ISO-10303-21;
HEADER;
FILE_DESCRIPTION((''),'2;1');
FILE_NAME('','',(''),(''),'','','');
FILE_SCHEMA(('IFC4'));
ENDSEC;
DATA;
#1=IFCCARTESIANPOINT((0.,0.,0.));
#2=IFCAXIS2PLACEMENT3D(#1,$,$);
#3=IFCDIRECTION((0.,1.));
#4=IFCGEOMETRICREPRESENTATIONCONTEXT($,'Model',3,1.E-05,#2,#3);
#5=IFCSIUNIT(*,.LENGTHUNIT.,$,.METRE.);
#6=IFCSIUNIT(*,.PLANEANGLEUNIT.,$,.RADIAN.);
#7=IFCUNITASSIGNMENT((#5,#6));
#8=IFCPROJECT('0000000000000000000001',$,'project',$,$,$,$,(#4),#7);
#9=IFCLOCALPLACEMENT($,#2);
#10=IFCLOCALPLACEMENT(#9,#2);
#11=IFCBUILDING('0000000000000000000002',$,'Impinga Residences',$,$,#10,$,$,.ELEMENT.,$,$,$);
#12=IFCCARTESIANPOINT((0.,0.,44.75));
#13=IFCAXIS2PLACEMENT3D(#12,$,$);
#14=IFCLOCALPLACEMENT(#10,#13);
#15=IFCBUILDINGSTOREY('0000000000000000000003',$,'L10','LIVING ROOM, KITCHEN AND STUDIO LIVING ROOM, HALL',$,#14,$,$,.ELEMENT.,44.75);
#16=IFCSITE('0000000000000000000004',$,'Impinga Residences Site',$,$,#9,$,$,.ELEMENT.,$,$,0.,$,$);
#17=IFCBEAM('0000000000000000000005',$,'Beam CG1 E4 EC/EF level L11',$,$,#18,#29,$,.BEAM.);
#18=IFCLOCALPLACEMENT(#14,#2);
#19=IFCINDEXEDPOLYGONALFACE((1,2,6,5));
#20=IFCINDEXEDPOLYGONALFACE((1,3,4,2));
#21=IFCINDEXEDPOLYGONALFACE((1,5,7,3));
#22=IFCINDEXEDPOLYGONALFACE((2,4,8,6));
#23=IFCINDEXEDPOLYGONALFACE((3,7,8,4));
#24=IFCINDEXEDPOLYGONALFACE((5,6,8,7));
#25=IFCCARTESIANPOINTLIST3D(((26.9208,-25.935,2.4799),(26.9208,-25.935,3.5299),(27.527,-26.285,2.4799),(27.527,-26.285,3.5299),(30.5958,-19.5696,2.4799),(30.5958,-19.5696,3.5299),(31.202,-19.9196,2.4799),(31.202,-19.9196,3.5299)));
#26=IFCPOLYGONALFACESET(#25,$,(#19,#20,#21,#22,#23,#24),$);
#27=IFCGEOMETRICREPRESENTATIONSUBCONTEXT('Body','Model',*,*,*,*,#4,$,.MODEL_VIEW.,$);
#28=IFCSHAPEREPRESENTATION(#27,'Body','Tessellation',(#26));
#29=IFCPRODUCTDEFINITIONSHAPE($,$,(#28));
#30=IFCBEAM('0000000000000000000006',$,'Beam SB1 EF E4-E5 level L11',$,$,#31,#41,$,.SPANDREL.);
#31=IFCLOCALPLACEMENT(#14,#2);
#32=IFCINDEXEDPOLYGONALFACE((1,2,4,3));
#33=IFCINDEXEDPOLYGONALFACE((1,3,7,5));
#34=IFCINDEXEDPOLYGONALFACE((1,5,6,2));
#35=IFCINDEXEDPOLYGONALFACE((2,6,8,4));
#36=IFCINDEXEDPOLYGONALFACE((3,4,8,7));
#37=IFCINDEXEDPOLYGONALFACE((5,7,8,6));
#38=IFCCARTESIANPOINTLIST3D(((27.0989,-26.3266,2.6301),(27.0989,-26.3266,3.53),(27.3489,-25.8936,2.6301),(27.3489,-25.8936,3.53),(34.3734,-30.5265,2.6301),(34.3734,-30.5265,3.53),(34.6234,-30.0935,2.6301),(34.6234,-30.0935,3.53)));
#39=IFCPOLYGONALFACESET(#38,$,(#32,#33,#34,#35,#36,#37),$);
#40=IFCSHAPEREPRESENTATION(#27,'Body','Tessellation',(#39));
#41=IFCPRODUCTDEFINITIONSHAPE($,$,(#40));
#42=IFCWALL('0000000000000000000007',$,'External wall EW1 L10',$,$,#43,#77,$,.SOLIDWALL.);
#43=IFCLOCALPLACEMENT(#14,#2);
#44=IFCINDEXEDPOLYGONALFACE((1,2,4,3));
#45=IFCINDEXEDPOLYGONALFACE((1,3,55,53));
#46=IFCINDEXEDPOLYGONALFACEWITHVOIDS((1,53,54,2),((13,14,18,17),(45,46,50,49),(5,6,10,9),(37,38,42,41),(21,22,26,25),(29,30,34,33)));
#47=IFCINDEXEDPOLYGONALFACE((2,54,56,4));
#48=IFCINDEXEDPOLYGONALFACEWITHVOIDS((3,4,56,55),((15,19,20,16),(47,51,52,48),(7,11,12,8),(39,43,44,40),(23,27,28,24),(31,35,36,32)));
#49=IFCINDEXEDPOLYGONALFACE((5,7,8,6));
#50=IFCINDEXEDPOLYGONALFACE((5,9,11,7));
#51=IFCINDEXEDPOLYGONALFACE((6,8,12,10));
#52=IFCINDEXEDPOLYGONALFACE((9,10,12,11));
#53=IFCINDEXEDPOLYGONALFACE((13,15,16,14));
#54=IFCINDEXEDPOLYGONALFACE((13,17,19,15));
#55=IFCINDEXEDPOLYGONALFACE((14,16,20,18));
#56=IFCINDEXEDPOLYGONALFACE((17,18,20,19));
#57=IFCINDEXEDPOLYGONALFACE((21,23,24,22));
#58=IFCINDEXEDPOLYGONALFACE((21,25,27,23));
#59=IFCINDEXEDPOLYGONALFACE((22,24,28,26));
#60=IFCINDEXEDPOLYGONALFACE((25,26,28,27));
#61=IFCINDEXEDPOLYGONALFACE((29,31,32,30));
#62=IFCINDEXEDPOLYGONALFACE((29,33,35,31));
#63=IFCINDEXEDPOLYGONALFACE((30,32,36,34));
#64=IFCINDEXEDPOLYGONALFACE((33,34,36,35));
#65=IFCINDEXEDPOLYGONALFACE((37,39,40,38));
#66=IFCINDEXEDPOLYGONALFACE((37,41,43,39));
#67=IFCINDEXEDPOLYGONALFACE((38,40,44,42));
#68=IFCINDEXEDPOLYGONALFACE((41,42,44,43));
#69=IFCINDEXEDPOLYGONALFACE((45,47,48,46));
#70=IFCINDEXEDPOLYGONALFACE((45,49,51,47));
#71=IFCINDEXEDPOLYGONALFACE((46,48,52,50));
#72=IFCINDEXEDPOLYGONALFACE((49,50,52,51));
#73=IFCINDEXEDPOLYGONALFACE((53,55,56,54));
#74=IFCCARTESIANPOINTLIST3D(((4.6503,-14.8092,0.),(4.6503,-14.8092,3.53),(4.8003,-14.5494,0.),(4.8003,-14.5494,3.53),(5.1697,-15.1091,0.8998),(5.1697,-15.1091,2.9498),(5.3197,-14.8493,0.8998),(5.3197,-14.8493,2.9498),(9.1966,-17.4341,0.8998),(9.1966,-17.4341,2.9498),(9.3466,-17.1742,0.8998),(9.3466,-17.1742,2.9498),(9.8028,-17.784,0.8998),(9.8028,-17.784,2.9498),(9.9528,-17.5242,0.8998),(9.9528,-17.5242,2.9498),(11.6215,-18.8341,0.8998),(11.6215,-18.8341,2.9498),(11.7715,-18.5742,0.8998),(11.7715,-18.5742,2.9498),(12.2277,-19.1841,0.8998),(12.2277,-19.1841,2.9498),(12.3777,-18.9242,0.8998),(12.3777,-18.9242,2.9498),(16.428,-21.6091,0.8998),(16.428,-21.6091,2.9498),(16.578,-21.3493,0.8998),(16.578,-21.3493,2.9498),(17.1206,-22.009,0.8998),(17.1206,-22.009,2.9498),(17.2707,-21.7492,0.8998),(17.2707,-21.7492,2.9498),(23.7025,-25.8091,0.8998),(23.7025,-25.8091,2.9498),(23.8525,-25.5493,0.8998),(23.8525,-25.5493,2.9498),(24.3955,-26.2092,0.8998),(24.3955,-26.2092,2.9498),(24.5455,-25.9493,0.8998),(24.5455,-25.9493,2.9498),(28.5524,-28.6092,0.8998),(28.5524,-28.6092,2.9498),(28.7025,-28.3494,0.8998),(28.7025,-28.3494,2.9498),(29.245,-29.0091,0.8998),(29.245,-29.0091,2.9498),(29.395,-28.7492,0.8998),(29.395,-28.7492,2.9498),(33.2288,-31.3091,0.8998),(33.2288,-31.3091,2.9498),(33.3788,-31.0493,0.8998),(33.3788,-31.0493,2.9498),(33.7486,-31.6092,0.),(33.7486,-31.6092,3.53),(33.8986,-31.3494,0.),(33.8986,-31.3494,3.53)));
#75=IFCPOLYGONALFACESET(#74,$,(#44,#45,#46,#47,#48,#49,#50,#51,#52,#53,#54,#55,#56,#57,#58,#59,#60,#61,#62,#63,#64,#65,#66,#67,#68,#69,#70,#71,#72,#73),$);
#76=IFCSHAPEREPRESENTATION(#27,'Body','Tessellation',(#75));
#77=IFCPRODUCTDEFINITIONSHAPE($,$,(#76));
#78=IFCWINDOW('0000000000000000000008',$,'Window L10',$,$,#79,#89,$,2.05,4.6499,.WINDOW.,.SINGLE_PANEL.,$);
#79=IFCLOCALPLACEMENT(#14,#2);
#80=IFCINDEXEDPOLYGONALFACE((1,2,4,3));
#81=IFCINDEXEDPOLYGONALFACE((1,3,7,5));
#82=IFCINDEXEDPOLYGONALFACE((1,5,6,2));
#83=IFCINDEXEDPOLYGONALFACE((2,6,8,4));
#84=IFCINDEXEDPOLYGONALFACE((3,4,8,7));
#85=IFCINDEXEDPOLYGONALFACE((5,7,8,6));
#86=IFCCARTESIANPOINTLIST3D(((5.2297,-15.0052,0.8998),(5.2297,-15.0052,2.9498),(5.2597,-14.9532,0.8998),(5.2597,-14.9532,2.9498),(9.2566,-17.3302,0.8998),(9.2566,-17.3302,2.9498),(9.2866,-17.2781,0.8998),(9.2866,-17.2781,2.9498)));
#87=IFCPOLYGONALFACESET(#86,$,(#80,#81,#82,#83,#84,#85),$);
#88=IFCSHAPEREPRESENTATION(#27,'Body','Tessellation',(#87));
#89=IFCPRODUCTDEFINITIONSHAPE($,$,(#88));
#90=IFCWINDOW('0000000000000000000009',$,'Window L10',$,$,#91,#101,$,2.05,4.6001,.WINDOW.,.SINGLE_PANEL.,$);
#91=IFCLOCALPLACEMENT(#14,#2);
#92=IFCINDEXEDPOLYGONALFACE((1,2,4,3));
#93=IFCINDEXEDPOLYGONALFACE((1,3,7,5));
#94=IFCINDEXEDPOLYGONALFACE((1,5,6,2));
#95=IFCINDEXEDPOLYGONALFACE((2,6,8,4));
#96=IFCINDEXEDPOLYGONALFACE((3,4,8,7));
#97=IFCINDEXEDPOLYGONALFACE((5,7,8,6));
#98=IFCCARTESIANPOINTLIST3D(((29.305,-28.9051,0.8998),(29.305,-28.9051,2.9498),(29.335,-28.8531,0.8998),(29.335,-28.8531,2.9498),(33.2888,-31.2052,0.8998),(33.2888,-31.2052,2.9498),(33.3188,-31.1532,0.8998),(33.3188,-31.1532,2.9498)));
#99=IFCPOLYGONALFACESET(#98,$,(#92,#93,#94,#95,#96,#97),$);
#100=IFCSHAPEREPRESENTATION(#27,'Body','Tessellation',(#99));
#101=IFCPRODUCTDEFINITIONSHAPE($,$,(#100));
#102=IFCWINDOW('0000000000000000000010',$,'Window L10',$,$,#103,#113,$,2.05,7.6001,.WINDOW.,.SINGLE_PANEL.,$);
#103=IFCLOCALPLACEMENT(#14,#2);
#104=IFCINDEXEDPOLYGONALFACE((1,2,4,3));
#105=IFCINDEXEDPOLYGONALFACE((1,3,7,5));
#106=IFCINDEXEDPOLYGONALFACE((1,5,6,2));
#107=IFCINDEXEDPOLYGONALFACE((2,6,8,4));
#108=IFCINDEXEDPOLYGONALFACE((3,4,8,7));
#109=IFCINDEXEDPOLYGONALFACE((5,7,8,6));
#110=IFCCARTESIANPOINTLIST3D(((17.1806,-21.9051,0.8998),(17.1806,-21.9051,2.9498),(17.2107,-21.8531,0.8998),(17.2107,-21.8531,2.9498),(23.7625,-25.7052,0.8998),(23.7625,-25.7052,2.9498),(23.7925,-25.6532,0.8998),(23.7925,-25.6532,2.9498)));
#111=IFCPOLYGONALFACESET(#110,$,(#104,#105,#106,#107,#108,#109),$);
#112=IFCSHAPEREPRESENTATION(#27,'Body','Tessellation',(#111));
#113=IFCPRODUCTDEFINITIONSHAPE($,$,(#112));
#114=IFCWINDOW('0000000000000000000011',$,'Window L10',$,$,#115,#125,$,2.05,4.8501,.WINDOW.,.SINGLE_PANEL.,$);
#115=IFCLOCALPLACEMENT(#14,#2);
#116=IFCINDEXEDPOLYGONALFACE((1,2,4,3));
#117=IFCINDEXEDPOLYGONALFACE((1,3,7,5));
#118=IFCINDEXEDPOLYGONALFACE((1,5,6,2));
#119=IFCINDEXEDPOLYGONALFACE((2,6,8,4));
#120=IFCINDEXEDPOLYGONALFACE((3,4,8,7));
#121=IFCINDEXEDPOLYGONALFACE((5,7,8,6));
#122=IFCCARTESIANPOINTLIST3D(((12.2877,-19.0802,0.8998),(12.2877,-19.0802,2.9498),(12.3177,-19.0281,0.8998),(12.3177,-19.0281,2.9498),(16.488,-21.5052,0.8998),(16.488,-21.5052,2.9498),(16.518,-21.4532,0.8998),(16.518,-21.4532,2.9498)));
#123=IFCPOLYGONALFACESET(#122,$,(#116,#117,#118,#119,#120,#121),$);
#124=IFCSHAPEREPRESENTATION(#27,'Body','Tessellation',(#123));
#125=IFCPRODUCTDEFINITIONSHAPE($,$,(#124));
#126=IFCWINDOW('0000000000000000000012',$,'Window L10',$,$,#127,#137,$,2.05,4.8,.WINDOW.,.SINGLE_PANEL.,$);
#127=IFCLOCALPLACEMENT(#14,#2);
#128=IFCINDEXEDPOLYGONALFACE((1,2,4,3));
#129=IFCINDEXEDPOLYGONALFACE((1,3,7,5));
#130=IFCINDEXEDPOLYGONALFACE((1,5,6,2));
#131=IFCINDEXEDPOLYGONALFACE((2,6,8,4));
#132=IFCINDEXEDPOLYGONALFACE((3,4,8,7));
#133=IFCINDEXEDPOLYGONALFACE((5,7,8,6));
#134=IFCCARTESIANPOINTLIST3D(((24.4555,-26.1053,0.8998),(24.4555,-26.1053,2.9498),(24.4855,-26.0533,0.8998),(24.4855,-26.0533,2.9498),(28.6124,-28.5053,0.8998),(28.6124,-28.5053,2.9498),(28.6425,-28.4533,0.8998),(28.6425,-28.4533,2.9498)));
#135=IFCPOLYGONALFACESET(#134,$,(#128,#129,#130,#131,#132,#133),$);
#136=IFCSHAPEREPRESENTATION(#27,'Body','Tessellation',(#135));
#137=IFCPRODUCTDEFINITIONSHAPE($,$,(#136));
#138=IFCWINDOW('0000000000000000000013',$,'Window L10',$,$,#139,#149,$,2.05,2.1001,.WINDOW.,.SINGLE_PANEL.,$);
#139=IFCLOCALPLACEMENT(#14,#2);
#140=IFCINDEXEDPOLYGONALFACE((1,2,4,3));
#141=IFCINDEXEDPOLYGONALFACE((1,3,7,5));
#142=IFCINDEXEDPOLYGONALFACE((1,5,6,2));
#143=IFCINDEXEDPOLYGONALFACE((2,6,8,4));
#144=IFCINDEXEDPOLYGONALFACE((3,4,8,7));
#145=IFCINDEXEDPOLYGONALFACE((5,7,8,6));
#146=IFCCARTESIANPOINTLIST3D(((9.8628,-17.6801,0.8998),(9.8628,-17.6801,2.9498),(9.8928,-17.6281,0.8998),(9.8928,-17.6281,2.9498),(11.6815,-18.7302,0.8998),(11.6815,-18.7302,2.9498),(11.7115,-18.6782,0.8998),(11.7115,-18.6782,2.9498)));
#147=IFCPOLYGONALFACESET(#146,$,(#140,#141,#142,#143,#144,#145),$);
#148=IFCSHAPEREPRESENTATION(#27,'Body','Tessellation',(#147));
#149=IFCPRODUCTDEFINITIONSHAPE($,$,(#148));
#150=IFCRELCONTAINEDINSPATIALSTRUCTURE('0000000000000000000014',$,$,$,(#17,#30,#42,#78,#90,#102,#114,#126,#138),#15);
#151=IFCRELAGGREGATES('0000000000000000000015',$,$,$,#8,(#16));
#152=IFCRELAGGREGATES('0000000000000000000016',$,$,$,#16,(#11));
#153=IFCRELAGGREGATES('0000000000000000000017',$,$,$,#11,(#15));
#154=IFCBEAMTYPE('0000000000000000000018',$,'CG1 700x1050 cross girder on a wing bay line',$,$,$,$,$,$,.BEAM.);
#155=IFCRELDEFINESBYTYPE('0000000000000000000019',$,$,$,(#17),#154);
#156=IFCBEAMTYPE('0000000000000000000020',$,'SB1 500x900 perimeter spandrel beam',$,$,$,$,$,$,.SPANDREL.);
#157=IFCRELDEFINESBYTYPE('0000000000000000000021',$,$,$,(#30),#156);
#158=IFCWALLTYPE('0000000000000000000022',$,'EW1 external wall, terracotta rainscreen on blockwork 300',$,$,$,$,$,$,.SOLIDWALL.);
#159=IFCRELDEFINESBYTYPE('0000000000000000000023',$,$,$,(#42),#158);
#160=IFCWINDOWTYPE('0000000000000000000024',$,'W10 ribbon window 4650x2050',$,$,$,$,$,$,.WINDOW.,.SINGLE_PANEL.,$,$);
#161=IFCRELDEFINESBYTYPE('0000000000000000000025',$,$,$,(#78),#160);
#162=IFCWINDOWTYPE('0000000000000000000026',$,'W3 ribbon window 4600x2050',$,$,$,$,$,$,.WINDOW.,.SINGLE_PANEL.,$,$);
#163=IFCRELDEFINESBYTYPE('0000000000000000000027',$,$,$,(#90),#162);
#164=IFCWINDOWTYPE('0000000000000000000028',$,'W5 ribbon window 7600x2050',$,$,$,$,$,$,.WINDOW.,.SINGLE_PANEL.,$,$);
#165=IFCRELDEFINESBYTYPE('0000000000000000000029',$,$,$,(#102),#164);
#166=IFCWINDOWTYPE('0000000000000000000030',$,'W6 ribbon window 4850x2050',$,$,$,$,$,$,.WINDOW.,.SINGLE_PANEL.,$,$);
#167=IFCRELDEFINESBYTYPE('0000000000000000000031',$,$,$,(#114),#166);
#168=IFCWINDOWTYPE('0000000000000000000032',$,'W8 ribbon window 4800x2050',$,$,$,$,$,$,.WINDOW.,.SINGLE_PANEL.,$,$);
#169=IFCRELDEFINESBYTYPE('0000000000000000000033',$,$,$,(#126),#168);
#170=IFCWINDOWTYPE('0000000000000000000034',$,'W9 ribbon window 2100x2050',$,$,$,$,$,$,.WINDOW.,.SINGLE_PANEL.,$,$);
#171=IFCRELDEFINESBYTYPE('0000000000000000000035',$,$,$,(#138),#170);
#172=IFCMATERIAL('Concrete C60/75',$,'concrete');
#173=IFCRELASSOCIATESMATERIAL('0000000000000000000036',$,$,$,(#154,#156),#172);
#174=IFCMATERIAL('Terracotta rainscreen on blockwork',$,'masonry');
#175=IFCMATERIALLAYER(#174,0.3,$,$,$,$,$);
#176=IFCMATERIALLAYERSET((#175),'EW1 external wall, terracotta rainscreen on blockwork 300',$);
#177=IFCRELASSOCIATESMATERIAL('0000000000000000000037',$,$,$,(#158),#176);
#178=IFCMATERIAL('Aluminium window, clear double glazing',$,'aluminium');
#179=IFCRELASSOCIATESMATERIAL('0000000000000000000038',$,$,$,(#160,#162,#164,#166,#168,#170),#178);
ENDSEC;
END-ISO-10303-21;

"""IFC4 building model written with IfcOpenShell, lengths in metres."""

from ifc_helpers import new_model, si_unit, direction, frame, frame_2d, origin, origin_2d, place, context, subcontext, project, spatial, rectangle, extrude, material, layer, layer_set, material_profile, profile_set, type_object, element, fill, save


model = new_model("IFC4")

# Units and contexts
model_context = context("Model", 3, precision=1e-05, world=origin(), true_north=direction((0.0, 1.0)))
body_context = subcontext(model_context, "Body", "Model", "MODEL_VIEW")
ifc_project = project(units=[si_unit("LENGTHUNIT", "METRE"), si_unit("PLANEANGLEUNIT", "RADIAN")], contexts=[model_context])

# Site, building, storey
site_placement = place(None, origin())
site = spatial("IfcSite", under=ifc_project, at=site_placement, Name="Impinga Residences Site", CompositionType="ELEMENT", RefElevation=0.0)
building_placement = place(site_placement, origin())
building = spatial("IfcBuilding", under=site, at=building_placement, Name="Impinga Residences", CompositionType="ELEMENT")
storey_placement = place(building_placement, frame((0.0, 0.0, 44.75)))
storey = spatial("IfcBuildingStorey", under=building, at=storey_placement, Name="L10", Description="LIVING ROOM, KITCHEN AND STUDIO LIVING ROOM, HALL", CompositionType="ELEMENT", Elevation=44.75)

# Beams
ifc_material_1 = material(Name="Concrete C60/75", Category="concrete")
ifc_material_profile_1 = material_profile(ifc_material_1, rectangle(XDim=0.7, YDim=1.05, at=origin_2d()), Name="RC 700x1050")
ifc_profile_set_1 = profile_set([ifc_material_profile_1], Name="Concrete C60/75")
beam_type_1 = type_object("IfcBeamType", Name="CG1 700x1050 cross girder on a wing bay line", PredefinedType="BEAM", material=ifc_profile_set_1)
beam_1_placement = place(storey_placement, frame((30.8989, -19.7446, 3.0049), z_axis=(-0.499994, -0.866029, 0.0), x_axis=(0.866029, -0.499994, 0.0)))
element("IfcBeam", 1, at=beam_1_placement, inside=storey, type_object=beam_type_1, Name="Beam CG1 E4 EC/EF level L11", PredefinedType="BEAM", context=body_context, shape_type="SweptSolid", body=[
    extrude(rectangle(XDim=0.7, YDim=1.05, at=origin_2d()), origin(), (0.0, 0.0, 1.0), 7.3501),
])
ifc_material_profile_2 = material_profile(ifc_material_1, rectangle(XDim=0.5, YDim=0.8999, at=origin_2d()), Name="RC 500x900")
ifc_profile_set_2 = profile_set([ifc_material_profile_2], Name="Concrete C60/75")
beam_type_2 = type_object("IfcBeamType", Name="SB1 500x900 perimeter spandrel beam", PredefinedType="SPANDREL", material=ifc_profile_set_2)
beam_2_placement = place(storey_placement, frame((27.2239, -26.1101, 3.0801), z_axis=(0.866029, -0.499993, 0.0), x_axis=(0.499993, 0.866029, 0.0)))
element("IfcBeam", 2, at=beam_2_placement, inside=storey, type_object=beam_type_2, Name="Beam SB1 EF E4-E5 level L11", PredefinedType="SPANDREL", context=body_context, shape_type="SweptSolid", body=[
    extrude(rectangle(XDim=0.5, YDim=0.8999, at=origin_2d()), origin(), (0.0, 0.0, 1.0), 8.3999),
])

# Wall, openings, windows
ifc_material_2 = material(Name="Terracotta rainscreen on blockwork", Category="masonry")
ifc_layer_1 = layer(ifc_material_2, 0.3)
ifc_layer_set_1 = layer_set([ifc_layer_1], Name="EW1 external wall, terracotta rainscreen on blockwork 300")
wall_type_1 = type_object("IfcWallType", Name="EW1 external wall, terracotta rainscreen on blockwork 300", PredefinedType="SOLIDWALL", material=ifc_layer_set_1)
wall_1_placement = place(storey_placement, frame((33.8235, -31.4792, 0.0), z_axis=(0.0, 0.0, 1.0), x_axis=(-0.866024, 0.500002, 0.0)))
wall_1 = element("IfcWall", 3, at=wall_1_placement, inside=storey, type_object=wall_type_1, Name="External wall EW1 L10", PredefinedType="SOLIDWALL", context=body_context, shape_type="SweptSolid", body=[
    extrude(rectangle(XDim=33.5999, YDim=0.3, at=frame_2d((16.7998, 0.0))), origin(), (0.0, 0.0, 1.0), 3.53),
])
opening_1_placement = place(wall_1_placement, frame((0.6001, 0.0, 0.8999)))
opening_1 = element("IfcOpeningElement", 4, at=opening_1_placement, cuts=wall_1, PredefinedType="OPENING", context=body_context, shape_type="SweptSolid", body=[
    extrude(rectangle(XDim=4.6001, YDim=2.05, at=frame_2d((2.3, 1.0249))), frame((0.0, 0.1599, 0.0), z_axis=(0.0, -1.0, 0.0), x_axis=(1.0, 0.0, 0.0)), (0.0, 0.0, 1.0), 0.3201),
])
opening_2_placement = place(wall_1_placement, frame((6.0, 0.0, 0.8999)))
opening_2 = element("IfcOpeningElement", 5, at=opening_2_placement, cuts=wall_1, PredefinedType="OPENING", context=body_context, shape_type="SweptSolid", body=[
    extrude(rectangle(XDim=4.8, YDim=2.05, at=frame_2d((2.3999, 1.0249))), frame((0.0, 0.1599, 0.0), z_axis=(0.0, -1.0, 0.0), x_axis=(1.0, 0.0, 0.0)), (0.0, 0.0, 1.0), 0.3201),
])
opening_3_placement = place(wall_1_placement, frame((11.6001, 0.0, 0.8999)))
opening_3 = element("IfcOpeningElement", 6, at=opening_3_placement, cuts=wall_1, PredefinedType="OPENING", context=body_context, shape_type="SweptSolid", body=[
    extrude(rectangle(XDim=7.6001, YDim=2.05, at=frame_2d((3.8, 1.0249))), frame((0.0, 0.1599, 0.0), z_axis=(0.0, -1.0, 0.0), x_axis=(1.0, 0.0, 0.0)), (0.0, 0.0, 1.0), 0.3201),
])
opening_4_placement = place(wall_1_placement, frame((20.0, 0.0, 0.8999)))
opening_4 = element("IfcOpeningElement", 7, at=opening_4_placement, cuts=wall_1, PredefinedType="OPENING", context=body_context, shape_type="SweptSolid", body=[
    extrude(rectangle(XDim=4.8501, YDim=2.05, at=frame_2d((2.425, 1.0249))), frame((0.0, 0.1599, 0.0), z_axis=(0.0, -1.0, 0.0), x_axis=(1.0, 0.0, 0.0)), (0.0, 0.0, 1.0), 0.3201),
])
opening_5_placement = place(wall_1_placement, frame((25.55, 0.0, 0.8999)))
opening_5 = element("IfcOpeningElement", 8, at=opening_5_placement, cuts=wall_1, PredefinedType="OPENING", context=body_context, shape_type="SweptSolid", body=[
    extrude(rectangle(XDim=2.1001, YDim=2.05, at=frame_2d((1.05, 1.0249))), frame((0.0, 0.1599, 0.0), z_axis=(0.0, -1.0, 0.0), x_axis=(1.0, 0.0, 0.0)), (0.0, 0.0, 1.0), 0.3201),
])
opening_6_placement = place(wall_1_placement, frame((28.3501, 0.0, 0.8999)))
opening_6 = element("IfcOpeningElement", 9, at=opening_6_placement, cuts=wall_1, PredefinedType="OPENING", context=body_context, shape_type="SweptSolid", body=[
    extrude(rectangle(XDim=4.6499, YDim=2.05, at=frame_2d((2.325, 1.0249))), frame((0.0, 0.1599, 0.0), z_axis=(0.0, -1.0, 0.0), x_axis=(1.0, 0.0, 0.0)), (0.0, 0.0, 1.0), 0.3201),
])
ifc_material_3 = material(Name="Aluminium window, clear double glazing", Category="aluminium")
window_type_1 = type_object("IfcWindowType", Name="W10 ribbon window 4650x2050", PartitioningType="SINGLE_PANEL", PredefinedType="WINDOW", material=ifc_material_3)
window_1_placement = place(opening_6_placement, origin())
window_1 = element("IfcWindow", 10, at=window_1_placement, inside=storey, type_object=window_type_1, Name="Window L10", OverallHeight=2.05, OverallWidth=4.6499, PartitioningType="SINGLE_PANEL", PredefinedType="WINDOW", context=body_context, shape_type="SweptSolid", body=[
    extrude(rectangle(XDim=4.6499, YDim=2.05, at=frame_2d((2.325, 1.0249))), frame((0.0, 0.03, 0.0), z_axis=(0.0, -1.0, 0.0), x_axis=(1.0, 0.0, 0.0)), (0.0, 0.0, 1.0), 0.0601),
])
fill(opening_6, window_1)
window_type_2 = type_object("IfcWindowType", Name="W3 ribbon window 4600x2050", PartitioningType="SINGLE_PANEL", PredefinedType="WINDOW", material=ifc_material_3)
window_2_placement = place(opening_1_placement, origin())
window_2 = element("IfcWindow", 11, at=window_2_placement, inside=storey, type_object=window_type_2, Name="Window L10", OverallHeight=2.05, OverallWidth=4.6001, PartitioningType="SINGLE_PANEL", PredefinedType="WINDOW", context=body_context, shape_type="SweptSolid", body=[
    extrude(rectangle(XDim=4.6001, YDim=2.05, at=frame_2d((2.3, 1.0249))), frame((0.0, 0.03, 0.0), z_axis=(0.0, -1.0, 0.0), x_axis=(1.0, 0.0, 0.0)), (0.0, 0.0, 1.0), 0.0601),
])
fill(opening_1, window_2)
window_type_3 = type_object("IfcWindowType", Name="W5 ribbon window 7600x2050", PartitioningType="SINGLE_PANEL", PredefinedType="WINDOW", material=ifc_material_3)
window_3_placement = place(opening_3_placement, origin())
window_3 = element("IfcWindow", 12, at=window_3_placement, inside=storey, type_object=window_type_3, Name="Window L10", OverallHeight=2.05, OverallWidth=7.6001, PartitioningType="SINGLE_PANEL", PredefinedType="WINDOW", context=body_context, shape_type="SweptSolid", body=[
    extrude(rectangle(XDim=7.6001, YDim=2.05, at=frame_2d((3.8, 1.0249))), frame((0.0, 0.03, 0.0), z_axis=(0.0, -1.0, 0.0), x_axis=(1.0, 0.0, 0.0)), (0.0, 0.0, 1.0), 0.0601),
])
fill(opening_3, window_3)
window_type_4 = type_object("IfcWindowType", Name="W6 ribbon window 4850x2050", PartitioningType="SINGLE_PANEL", PredefinedType="WINDOW", material=ifc_material_3)
window_4_placement = place(opening_4_placement, origin())
window_4 = element("IfcWindow", 13, at=window_4_placement, inside=storey, type_object=window_type_4, Name="Window L10", OverallHeight=2.05, OverallWidth=4.8501, PartitioningType="SINGLE_PANEL", PredefinedType="WINDOW", context=body_context, shape_type="SweptSolid", body=[
    extrude(rectangle(XDim=4.8501, YDim=2.05, at=frame_2d((2.425, 1.0249))), frame((0.0, 0.03, 0.0), z_axis=(0.0, -1.0, 0.0), x_axis=(1.0, 0.0, 0.0)), (0.0, 0.0, 1.0), 0.0601),
])
fill(opening_4, window_4)
window_type_5 = type_object("IfcWindowType", Name="W8 ribbon window 4800x2050", PartitioningType="SINGLE_PANEL", PredefinedType="WINDOW", material=ifc_material_3)
window_5_placement = place(opening_2_placement, origin())
window_5 = element("IfcWindow", 14, at=window_5_placement, inside=storey, type_object=window_type_5, Name="Window L10", OverallHeight=2.05, OverallWidth=4.8, PartitioningType="SINGLE_PANEL", PredefinedType="WINDOW", context=body_context, shape_type="SweptSolid", body=[
    extrude(rectangle(XDim=4.8, YDim=2.05, at=frame_2d((2.3999, 1.0249))), frame((0.0, 0.03, 0.0), z_axis=(0.0, -1.0, 0.0), x_axis=(1.0, 0.0, 0.0)), (0.0, 0.0, 1.0), 0.0601),
])
fill(opening_2, window_5)
window_type_6 = type_object("IfcWindowType", Name="W9 ribbon window 2100x2050", PartitioningType="SINGLE_PANEL", PredefinedType="WINDOW", material=ifc_material_3)
window_6_placement = place(opening_5_placement, origin())
window_6 = element("IfcWindow", 15, at=window_6_placement, inside=storey, type_object=window_type_6, Name="Window L10", OverallHeight=2.05, OverallWidth=2.1001, PartitioningType="SINGLE_PANEL", PredefinedType="WINDOW", context=body_context, shape_type="SweptSolid", body=[
    extrude(rectangle(XDim=2.1001, YDim=2.05, at=frame_2d((1.05, 1.0249))), frame((0.0, 0.03, 0.0), z_axis=(0.0, -1.0, 0.0), x_axis=(1.0, 0.0, 0.0)), (0.0, 0.0, 1.0), 0.0601),
])
fill(opening_5, window_6)

save(model, "model.ifc")
